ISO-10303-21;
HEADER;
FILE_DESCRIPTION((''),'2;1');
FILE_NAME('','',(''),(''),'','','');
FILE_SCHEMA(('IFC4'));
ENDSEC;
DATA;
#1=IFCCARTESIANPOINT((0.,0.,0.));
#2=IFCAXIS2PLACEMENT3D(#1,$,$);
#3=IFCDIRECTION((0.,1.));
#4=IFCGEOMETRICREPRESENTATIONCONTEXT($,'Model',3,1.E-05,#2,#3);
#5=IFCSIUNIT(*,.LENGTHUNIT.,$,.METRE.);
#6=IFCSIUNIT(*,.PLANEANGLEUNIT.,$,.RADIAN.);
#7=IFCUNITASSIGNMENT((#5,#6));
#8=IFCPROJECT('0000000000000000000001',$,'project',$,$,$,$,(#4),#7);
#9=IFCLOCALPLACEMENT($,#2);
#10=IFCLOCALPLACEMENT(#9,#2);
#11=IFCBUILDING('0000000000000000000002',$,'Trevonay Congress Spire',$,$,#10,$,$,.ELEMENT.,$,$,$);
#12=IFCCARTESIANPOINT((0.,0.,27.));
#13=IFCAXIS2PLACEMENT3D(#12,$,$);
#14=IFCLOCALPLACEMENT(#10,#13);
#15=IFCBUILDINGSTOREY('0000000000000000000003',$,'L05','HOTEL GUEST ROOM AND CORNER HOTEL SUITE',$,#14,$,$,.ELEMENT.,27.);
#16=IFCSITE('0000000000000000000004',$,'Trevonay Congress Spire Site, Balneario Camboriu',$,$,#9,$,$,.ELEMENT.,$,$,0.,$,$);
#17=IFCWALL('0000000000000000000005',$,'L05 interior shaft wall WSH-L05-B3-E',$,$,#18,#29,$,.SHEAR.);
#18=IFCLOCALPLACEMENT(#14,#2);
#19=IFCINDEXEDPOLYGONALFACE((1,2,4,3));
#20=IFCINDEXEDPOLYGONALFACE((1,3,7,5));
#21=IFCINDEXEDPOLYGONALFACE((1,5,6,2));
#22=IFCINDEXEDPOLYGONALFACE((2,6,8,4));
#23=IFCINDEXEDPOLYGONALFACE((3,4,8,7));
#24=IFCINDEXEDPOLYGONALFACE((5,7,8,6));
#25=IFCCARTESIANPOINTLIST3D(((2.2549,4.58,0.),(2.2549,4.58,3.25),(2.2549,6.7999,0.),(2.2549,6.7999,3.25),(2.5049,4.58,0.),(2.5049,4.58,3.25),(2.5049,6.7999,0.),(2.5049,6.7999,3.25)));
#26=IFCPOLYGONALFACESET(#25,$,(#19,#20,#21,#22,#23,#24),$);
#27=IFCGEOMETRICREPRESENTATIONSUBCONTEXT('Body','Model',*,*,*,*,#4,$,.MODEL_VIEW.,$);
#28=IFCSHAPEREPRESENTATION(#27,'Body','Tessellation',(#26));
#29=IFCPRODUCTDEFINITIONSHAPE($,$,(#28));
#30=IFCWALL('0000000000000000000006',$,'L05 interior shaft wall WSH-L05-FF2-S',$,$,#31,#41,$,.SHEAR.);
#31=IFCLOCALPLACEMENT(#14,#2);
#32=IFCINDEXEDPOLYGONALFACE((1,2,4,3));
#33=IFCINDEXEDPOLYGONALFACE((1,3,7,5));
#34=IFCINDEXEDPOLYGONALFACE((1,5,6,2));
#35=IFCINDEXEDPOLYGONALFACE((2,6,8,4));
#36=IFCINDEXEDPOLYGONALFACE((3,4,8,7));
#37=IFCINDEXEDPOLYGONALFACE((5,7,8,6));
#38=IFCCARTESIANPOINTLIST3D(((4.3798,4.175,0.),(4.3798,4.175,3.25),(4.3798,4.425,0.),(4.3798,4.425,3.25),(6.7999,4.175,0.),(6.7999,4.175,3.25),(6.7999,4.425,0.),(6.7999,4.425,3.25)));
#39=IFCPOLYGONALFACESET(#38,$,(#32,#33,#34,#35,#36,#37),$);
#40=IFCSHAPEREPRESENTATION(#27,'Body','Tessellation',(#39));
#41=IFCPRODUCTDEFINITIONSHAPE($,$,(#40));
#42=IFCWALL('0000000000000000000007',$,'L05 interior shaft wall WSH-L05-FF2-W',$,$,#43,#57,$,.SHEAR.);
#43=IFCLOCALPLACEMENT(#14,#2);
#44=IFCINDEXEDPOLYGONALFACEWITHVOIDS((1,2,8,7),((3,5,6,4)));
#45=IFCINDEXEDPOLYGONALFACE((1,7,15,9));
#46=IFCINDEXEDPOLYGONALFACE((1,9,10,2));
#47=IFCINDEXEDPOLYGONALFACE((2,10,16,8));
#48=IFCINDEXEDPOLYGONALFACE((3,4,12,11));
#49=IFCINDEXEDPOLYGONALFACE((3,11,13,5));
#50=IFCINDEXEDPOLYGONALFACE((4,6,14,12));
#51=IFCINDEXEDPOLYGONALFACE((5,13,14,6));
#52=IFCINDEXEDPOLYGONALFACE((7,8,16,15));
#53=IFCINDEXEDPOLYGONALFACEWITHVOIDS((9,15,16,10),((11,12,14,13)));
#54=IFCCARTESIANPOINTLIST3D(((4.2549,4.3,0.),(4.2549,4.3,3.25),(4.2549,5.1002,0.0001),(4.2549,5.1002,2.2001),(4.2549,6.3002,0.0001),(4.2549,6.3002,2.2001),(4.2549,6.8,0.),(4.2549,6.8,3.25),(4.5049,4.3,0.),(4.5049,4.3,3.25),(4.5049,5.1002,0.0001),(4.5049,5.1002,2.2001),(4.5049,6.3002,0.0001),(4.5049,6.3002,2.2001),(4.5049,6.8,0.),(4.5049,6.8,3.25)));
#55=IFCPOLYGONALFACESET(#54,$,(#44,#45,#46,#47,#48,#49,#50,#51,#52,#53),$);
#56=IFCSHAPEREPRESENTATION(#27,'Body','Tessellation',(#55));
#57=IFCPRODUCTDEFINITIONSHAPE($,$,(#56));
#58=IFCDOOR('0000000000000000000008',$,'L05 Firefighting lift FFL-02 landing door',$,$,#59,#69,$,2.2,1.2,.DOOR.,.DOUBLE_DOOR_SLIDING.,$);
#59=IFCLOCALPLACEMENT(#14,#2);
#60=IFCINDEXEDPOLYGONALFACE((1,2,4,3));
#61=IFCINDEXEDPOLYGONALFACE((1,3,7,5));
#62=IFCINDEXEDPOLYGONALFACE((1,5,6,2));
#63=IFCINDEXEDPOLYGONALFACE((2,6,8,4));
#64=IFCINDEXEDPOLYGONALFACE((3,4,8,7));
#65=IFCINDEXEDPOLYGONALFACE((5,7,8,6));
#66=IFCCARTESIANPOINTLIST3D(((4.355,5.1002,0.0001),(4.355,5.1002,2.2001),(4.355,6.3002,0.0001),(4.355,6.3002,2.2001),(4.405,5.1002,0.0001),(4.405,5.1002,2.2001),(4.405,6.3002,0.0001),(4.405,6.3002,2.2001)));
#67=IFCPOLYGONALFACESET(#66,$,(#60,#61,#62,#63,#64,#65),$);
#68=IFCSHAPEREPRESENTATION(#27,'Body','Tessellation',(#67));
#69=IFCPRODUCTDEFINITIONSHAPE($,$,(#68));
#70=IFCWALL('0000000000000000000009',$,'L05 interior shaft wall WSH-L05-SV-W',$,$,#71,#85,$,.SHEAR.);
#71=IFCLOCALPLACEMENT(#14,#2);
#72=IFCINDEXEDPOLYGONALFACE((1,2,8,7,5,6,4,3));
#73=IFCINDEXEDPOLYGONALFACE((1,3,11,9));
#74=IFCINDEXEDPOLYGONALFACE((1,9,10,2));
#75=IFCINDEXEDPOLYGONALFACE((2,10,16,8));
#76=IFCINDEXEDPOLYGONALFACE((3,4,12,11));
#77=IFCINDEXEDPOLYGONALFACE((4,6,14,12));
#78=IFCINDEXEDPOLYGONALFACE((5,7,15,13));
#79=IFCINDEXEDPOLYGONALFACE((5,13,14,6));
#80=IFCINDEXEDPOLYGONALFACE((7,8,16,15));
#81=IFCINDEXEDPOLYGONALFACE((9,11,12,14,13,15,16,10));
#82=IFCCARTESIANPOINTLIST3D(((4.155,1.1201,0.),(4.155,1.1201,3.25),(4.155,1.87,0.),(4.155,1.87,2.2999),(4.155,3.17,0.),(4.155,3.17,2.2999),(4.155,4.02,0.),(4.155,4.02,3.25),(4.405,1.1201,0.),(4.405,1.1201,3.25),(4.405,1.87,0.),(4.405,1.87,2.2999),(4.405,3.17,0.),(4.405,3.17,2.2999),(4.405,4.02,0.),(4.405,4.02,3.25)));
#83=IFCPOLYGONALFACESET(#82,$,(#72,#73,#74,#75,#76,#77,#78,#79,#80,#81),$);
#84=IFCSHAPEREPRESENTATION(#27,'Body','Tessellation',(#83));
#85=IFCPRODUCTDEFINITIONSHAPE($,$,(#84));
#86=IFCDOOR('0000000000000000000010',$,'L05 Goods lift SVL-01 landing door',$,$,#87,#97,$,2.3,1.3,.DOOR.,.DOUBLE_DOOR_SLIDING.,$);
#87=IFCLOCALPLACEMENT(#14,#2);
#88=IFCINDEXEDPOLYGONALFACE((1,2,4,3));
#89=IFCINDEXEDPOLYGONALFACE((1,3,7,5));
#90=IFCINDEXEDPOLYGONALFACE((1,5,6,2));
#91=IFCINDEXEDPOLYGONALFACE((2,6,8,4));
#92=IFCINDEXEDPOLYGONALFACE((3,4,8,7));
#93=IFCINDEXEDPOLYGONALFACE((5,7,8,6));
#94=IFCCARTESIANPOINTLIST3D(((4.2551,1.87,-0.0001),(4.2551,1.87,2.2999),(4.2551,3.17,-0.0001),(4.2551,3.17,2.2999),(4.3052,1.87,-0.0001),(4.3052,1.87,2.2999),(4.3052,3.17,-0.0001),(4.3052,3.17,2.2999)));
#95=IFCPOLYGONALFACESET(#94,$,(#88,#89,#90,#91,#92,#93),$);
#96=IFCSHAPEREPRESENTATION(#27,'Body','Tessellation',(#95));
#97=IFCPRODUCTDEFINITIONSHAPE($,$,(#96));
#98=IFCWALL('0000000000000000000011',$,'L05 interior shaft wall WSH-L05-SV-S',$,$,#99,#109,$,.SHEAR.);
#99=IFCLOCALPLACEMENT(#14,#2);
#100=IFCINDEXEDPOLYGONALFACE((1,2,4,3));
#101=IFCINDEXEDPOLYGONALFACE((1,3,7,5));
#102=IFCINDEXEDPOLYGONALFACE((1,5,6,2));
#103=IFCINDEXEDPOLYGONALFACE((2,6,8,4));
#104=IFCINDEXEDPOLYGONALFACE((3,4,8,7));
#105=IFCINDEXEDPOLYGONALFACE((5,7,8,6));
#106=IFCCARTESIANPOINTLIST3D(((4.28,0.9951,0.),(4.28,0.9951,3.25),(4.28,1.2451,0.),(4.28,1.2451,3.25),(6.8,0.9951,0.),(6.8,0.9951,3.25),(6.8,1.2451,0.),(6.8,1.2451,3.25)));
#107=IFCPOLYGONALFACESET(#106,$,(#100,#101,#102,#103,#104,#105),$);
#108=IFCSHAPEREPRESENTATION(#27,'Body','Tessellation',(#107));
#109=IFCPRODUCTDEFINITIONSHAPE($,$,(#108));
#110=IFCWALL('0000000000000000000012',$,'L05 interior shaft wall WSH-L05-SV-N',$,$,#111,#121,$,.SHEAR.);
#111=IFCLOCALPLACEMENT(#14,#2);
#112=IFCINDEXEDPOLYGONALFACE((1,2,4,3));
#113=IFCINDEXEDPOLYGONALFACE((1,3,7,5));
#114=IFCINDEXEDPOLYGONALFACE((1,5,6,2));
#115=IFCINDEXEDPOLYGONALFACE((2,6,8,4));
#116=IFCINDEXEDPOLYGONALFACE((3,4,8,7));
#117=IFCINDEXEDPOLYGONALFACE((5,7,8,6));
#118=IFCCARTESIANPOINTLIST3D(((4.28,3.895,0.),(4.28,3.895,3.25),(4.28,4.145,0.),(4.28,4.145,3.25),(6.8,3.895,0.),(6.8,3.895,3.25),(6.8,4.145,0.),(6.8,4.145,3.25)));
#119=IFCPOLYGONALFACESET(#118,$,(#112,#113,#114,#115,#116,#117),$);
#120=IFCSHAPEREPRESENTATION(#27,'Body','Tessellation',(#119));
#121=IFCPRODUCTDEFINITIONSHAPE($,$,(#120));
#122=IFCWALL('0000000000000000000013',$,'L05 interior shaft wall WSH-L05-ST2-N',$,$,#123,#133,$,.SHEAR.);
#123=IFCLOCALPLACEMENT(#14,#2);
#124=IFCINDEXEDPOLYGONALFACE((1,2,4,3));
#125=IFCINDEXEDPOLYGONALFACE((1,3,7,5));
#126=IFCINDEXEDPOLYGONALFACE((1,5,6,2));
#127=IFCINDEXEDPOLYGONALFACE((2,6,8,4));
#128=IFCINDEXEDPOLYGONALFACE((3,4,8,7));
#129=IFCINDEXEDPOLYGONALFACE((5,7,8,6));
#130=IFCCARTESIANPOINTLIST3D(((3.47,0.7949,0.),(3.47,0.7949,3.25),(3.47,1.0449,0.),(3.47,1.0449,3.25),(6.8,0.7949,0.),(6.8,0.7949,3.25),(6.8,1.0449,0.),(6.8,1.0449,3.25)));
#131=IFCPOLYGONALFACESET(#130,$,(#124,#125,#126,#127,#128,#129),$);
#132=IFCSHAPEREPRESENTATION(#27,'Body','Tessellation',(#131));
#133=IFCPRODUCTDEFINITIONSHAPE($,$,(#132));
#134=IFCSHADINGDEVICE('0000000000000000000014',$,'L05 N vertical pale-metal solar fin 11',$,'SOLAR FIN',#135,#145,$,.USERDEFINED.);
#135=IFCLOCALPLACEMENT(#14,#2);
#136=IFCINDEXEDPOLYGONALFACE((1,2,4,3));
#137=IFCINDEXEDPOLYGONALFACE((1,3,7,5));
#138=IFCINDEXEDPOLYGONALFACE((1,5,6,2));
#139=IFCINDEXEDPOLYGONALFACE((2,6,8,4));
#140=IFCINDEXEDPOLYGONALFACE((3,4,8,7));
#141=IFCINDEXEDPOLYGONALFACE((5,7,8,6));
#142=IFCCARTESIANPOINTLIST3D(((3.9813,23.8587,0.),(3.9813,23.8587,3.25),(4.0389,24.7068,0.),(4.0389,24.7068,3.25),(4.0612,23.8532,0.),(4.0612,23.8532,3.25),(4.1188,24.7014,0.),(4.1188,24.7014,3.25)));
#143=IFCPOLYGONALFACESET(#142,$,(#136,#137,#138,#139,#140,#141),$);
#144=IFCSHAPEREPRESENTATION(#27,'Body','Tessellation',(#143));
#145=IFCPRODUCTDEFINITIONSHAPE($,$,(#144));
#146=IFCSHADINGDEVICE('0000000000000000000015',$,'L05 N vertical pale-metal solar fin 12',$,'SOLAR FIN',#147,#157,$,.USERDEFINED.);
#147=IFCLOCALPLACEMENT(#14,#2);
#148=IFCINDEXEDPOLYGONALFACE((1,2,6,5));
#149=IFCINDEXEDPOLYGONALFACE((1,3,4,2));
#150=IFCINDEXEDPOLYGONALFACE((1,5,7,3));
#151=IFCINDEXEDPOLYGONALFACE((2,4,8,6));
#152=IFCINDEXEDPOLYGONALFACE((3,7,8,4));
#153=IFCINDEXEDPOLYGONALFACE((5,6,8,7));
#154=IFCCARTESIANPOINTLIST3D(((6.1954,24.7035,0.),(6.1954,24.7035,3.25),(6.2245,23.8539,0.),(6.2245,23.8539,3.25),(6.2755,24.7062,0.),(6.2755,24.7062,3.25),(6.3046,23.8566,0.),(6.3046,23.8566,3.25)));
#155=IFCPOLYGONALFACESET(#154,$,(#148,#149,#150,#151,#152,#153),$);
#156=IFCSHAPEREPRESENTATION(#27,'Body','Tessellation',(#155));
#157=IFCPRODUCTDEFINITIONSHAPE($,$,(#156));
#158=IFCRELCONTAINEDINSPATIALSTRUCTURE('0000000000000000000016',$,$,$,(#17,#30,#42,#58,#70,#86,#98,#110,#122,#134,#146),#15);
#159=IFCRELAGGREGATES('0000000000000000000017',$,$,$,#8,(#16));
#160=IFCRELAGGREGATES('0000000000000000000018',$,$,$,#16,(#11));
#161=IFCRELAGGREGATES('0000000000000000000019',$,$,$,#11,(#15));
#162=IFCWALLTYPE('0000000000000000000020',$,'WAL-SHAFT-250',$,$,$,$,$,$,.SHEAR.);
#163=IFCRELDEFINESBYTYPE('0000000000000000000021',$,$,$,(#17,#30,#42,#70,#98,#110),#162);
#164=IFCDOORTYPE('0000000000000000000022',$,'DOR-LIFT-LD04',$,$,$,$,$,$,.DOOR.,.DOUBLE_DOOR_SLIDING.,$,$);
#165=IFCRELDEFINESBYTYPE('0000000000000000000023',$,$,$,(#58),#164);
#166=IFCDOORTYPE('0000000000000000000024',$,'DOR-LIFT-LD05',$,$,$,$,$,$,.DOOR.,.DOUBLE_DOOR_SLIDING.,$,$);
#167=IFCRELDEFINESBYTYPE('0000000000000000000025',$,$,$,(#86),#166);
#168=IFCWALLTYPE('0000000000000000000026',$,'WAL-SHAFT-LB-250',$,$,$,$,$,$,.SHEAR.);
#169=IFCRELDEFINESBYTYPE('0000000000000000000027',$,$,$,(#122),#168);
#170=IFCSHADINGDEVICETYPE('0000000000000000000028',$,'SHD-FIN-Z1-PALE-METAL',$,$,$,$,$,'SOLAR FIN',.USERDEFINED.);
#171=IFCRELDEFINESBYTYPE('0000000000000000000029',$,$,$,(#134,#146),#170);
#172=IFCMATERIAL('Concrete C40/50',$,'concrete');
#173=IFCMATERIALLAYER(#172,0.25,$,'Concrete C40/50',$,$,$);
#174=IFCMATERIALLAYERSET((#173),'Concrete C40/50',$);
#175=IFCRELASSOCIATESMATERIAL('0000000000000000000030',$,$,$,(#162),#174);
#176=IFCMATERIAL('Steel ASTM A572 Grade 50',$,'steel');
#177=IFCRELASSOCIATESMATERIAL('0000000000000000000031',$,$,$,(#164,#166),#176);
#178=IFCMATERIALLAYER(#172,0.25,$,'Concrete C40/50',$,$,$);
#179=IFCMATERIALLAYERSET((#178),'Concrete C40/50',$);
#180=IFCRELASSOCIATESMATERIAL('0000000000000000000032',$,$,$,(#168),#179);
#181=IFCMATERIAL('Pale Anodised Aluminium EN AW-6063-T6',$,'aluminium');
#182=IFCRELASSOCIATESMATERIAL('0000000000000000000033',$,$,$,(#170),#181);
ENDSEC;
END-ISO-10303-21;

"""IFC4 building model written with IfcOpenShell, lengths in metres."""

from ifc_helpers import new_model, si_unit, direction, frame, frame_2d, origin, origin_2d, place, context, subcontext, project, spatial, rectangle, extrude, material, layer, layer_set, type_object, element, fill, save


model = new_model("IFC4")

# Units and contexts
model_context = context("Model", 3, precision=1e-05, world=origin(), true_north=direction((0.0, 1.0)))
body_context = subcontext(model_context, "Body", "Model", "MODEL_VIEW")
ifc_project = project(units=[si_unit("LENGTHUNIT", "METRE"), si_unit("PLANEANGLEUNIT", "RADIAN")], contexts=[model_context])

# Site, building, storey
site_placement = place(None, origin())
site = spatial("IfcSite", under=ifc_project, at=site_placement, Name="Trevonay Congress Spire Site, Balneario Camboriu", CompositionType="ELEMENT", RefElevation=0.0)
building_placement = place(site_placement, origin())
building = spatial("IfcBuilding", under=site, at=building_placement, Name="Trevonay Congress Spire", CompositionType="ELEMENT")
storey_placement = place(building_placement, frame((0.0, 0.0, 27.0)))
storey = spatial("IfcBuildingStorey", under=building, at=storey_placement, Name="L05", Description="HOTEL GUEST ROOM AND CORNER HOTEL SUITE", CompositionType="ELEMENT", Elevation=27.0)

# Shared definitions
ifc_material_1 = material(Name="Steel ASTM A572 Grade 50", Category="steel")

# Shared definitions
ifc_material_2 = material(Name="Pale Anodised Aluminium EN AW-6063-T6", Category="aluminium")

# Shared definitions
ifc_material_3 = material(Name="Concrete C40/50", Category="concrete")

# Walls
ifc_layer_1 = layer(ifc_material_3, 0.25, Name="Concrete C40/50")
ifc_layer_set_1 = layer_set([ifc_layer_1], Name="Concrete C40/50")
wall_type_1 = type_object("IfcWallType", Name="WAL-SHAFT-250", PredefinedType="SHEAR", material=ifc_layer_set_1)
wall_1_placement = place(storey_placement, frame((2.3799, 4.5801, 0.0), z_axis=(0.0, 0.0, 1.0), x_axis=(0.0, 1.0, 0.0)))
element("IfcWall", 1, at=wall_1_placement, inside=storey, type_object=wall_type_1, Name="L05 interior shaft wall WSH-L05-B3-E", PredefinedType="SHEAR", context=body_context, shape_type="SweptSolid", body=[
    extrude(rectangle(XDim=2.22, YDim=0.25, at=frame_2d((1.1099, 0.0))), origin(), (0.0, 0.0, 1.0), 3.25),
])
wall_2_placement = place(storey_placement, frame((4.3799, 4.3, 0.0), z_axis=(0.0, 0.0, 1.0), x_axis=(1.0, 0.0, 0.0)))
element("IfcWall", 2, at=wall_2_placement, inside=storey, type_object=wall_type_1, Name="L05 interior shaft wall WSH-L05-FF2-S", PredefinedType="SHEAR", context=body_context, shape_type="SweptSolid", body=[
    extrude(rectangle(XDim=2.4202, YDim=0.25, at=frame_2d((1.21, 0.0))), origin(), (0.0, 0.0, 1.0), 3.25),
])

# Walls, openings, doors
wall_3_placement = place(storey_placement, frame((4.3799, 4.3, 0.0), z_axis=(0.0, 0.0, 1.0), x_axis=(0.0, 1.0, 0.0)))
wall_3 = element("IfcWall", 3, at=wall_3_placement, inside=storey, type_object=wall_type_1, Name="L05 interior shaft wall WSH-L05-FF2-W", PredefinedType="SHEAR", context=body_context, shape_type="SweptSolid", body=[
    extrude(rectangle(XDim=2.5, YDim=0.25, at=frame_2d((1.25, 0.0))), origin(), (0.0, 0.0, 1.0), 3.25),
])
opening_1_placement = place(wall_3_placement, frame((0.8, 0.0, 0.0)))
opening_1 = element("IfcOpeningElement", 4, at=opening_1_placement, cuts=wall_3, PredefinedType="OPENING", context=body_context, shape_type="SweptSolid", body=[
    extrude(rectangle(XDim=1.2, YDim=2.2, at=frame_2d((0.6001, 1.1001))), frame((0.0, 0.135, 0.0), z_axis=(0.0, -1.0, 0.0), x_axis=(1.0, 0.0, 0.0)), (0.0, 0.0, 1.0), 0.27),
])
door_type_1 = type_object("IfcDoorType", Name="DOR-LIFT-LD04", OperationType="DOUBLE_DOOR_SLIDING", PredefinedType="DOOR", material=ifc_material_1)
door_1_placement = place(opening_1_placement, origin())
door_1 = element("IfcDoor", 5, at=door_1_placement, inside=storey, type_object=door_type_1, Name="L05 Firefighting lift FFL-02 landing door", OperationType="DOUBLE_DOOR_SLIDING", OverallHeight=2.2, OverallWidth=1.2, PredefinedType="DOOR", context=body_context, shape_type="SweptSolid", body=[
    extrude(rectangle(XDim=1.2, YDim=2.2, at=frame_2d((0.6001, 1.1001))), frame((0.0, 0.0249, 0.0), z_axis=(0.0, -1.0, 0.0), x_axis=(1.0, 0.0, 0.0)), (0.0, 0.0, 1.0), 0.05),
])
fill(opening_1, door_1)
wall_4_placement = place(storey_placement, frame((4.28, 1.1201, 0.0), z_axis=(0.0, 0.0, 1.0), x_axis=(0.0, 1.0, 0.0)))
wall_4 = element("IfcWall", 6, at=wall_4_placement, inside=storey, type_object=wall_type_1, Name="L05 interior shaft wall WSH-L05-SV-W", PredefinedType="SHEAR", context=body_context, shape_type="SweptSolid", body=[
    extrude(rectangle(XDim=2.8999, YDim=0.25, at=frame_2d((1.45, 0.0))), origin(), (0.0, 0.0, 1.0), 3.25),
])
opening_2_placement = place(wall_4_placement, frame((0.75, 0.0, 0.0)))
opening_2 = element("IfcOpeningElement", 7, at=opening_2_placement, cuts=wall_4, PredefinedType="OPENING", context=body_context, shape_type="SweptSolid", body=[
    extrude(rectangle(XDim=1.3, YDim=2.3, at=frame_2d((0.6499, 1.1499))), frame((0.0, 0.135, 0.0), z_axis=(0.0, -1.0, 0.0), x_axis=(1.0, 0.0, 0.0)), (0.0, 0.0, 1.0), 0.27),
])
door_type_2 = type_object("IfcDoorType", Name="DOR-LIFT-LD05", OperationType="DOUBLE_DOOR_SLIDING", PredefinedType="DOOR", material=ifc_material_1)
door_2_placement = place(opening_2_placement, origin())
door_2 = element("IfcDoor", 8, at=door_2_placement, inside=storey, type_object=door_type_2, Name="L05 Goods lift SVL-01 landing door", OperationType="DOUBLE_DOOR_SLIDING", OverallHeight=2.3, OverallWidth=1.3, PredefinedType="DOOR", context=body_context, shape_type="SweptSolid", body=[
    extrude(rectangle(XDim=1.3, YDim=2.3, at=frame_2d((0.6499, 1.1499))), frame((0.0, 0.0249, 0.0), z_axis=(0.0, -1.0, 0.0), x_axis=(1.0, 0.0, 0.0)), (0.0, 0.0, 1.0), 0.05),
])
fill(opening_2, door_2)

# Walls
for number, where, z_axis, x_axis, name in (
    (9, (4.28, 1.1201, 0.0), (0.0, 0.0, 1.0), (1.0, 0.0, 0.0), "L05 interior shaft wall WSH-L05-SV-S"),
    (10, (4.28, 4.02, 0.0), (0.0, 0.0, 1.0), (1.0, 0.0, 0.0), "L05 interior shaft wall WSH-L05-SV-N"),
):
    element("IfcWall", number, at=place(storey_placement, frame(where, z_axis=z_axis, x_axis=x_axis)), inside=storey, type_object=wall_type_1, Name=name, PredefinedType="SHEAR", context=body_context, shape_type="SweptSolid", body=[
        extrude(rectangle(XDim=2.52, YDim=0.25, at=frame_2d((1.26, 0.0))), origin(), (0.0, 0.0, 1.0), 3.25),
    ])
ifc_layer_2 = layer(ifc_material_3, 0.25, Name="Concrete C40/50")
ifc_layer_set_2 = layer_set([ifc_layer_2], Name="Concrete C40/50")
wall_type_2 = type_object("IfcWallType", Name="WAL-SHAFT-LB-250", PredefinedType="SHEAR", material=ifc_layer_set_2)
wall_5_placement = place(storey_placement, frame((3.47, 0.9199, 0.0), z_axis=(0.0, 0.0, 1.0), x_axis=(1.0, 0.0, 0.0)))
element("IfcWall", 11, at=wall_5_placement, inside=storey, type_object=wall_type_2, Name="L05 interior shaft wall WSH-L05-ST2-N", PredefinedType="SHEAR", context=body_context, shape_type="SweptSolid", body=[
    extrude(rectangle(XDim=3.3301, YDim=0.25, at=frame_2d((1.665, 0.0))), origin(), (0.0, 0.0, 1.0), 3.25),
])

# Shading devices
shading_device_type = type_object("IfcShadingDeviceType", Name="SHD-FIN-Z1-PALE-METAL", ElementType="SOLAR FIN", PredefinedType="USERDEFINED", material=ifc_material_2)
for number, where, z_axis, x_axis, name in (
    (12, (4.05, 24.28, 0.0), (0.0, 0.0, 1.0), (0.997708, -0.067667, 0.0), "L05 N vertical pale-metal solar fin 11"),
    (13, (6.25, 24.28, 0.0), (0.0, 0.0, 1.0), (0.999415, 0.034202, 0.0), "L05 N vertical pale-metal solar fin 12"),
):
    element("IfcShadingDevice", number, at=place(storey_placement, frame(where, z_axis=z_axis, x_axis=x_axis)), inside=storey, type_object=shading_device_type, Name=name, ObjectType="SOLAR FIN", PredefinedType="USERDEFINED", context=body_context, shape_type="SweptSolid", body=[
        extrude(rectangle(XDim=0.0801, YDim=0.8501, at=origin_2d()), origin(), (0.0, 0.0, 1.0), 3.25),
    ])

save(model, "model.ifc")
